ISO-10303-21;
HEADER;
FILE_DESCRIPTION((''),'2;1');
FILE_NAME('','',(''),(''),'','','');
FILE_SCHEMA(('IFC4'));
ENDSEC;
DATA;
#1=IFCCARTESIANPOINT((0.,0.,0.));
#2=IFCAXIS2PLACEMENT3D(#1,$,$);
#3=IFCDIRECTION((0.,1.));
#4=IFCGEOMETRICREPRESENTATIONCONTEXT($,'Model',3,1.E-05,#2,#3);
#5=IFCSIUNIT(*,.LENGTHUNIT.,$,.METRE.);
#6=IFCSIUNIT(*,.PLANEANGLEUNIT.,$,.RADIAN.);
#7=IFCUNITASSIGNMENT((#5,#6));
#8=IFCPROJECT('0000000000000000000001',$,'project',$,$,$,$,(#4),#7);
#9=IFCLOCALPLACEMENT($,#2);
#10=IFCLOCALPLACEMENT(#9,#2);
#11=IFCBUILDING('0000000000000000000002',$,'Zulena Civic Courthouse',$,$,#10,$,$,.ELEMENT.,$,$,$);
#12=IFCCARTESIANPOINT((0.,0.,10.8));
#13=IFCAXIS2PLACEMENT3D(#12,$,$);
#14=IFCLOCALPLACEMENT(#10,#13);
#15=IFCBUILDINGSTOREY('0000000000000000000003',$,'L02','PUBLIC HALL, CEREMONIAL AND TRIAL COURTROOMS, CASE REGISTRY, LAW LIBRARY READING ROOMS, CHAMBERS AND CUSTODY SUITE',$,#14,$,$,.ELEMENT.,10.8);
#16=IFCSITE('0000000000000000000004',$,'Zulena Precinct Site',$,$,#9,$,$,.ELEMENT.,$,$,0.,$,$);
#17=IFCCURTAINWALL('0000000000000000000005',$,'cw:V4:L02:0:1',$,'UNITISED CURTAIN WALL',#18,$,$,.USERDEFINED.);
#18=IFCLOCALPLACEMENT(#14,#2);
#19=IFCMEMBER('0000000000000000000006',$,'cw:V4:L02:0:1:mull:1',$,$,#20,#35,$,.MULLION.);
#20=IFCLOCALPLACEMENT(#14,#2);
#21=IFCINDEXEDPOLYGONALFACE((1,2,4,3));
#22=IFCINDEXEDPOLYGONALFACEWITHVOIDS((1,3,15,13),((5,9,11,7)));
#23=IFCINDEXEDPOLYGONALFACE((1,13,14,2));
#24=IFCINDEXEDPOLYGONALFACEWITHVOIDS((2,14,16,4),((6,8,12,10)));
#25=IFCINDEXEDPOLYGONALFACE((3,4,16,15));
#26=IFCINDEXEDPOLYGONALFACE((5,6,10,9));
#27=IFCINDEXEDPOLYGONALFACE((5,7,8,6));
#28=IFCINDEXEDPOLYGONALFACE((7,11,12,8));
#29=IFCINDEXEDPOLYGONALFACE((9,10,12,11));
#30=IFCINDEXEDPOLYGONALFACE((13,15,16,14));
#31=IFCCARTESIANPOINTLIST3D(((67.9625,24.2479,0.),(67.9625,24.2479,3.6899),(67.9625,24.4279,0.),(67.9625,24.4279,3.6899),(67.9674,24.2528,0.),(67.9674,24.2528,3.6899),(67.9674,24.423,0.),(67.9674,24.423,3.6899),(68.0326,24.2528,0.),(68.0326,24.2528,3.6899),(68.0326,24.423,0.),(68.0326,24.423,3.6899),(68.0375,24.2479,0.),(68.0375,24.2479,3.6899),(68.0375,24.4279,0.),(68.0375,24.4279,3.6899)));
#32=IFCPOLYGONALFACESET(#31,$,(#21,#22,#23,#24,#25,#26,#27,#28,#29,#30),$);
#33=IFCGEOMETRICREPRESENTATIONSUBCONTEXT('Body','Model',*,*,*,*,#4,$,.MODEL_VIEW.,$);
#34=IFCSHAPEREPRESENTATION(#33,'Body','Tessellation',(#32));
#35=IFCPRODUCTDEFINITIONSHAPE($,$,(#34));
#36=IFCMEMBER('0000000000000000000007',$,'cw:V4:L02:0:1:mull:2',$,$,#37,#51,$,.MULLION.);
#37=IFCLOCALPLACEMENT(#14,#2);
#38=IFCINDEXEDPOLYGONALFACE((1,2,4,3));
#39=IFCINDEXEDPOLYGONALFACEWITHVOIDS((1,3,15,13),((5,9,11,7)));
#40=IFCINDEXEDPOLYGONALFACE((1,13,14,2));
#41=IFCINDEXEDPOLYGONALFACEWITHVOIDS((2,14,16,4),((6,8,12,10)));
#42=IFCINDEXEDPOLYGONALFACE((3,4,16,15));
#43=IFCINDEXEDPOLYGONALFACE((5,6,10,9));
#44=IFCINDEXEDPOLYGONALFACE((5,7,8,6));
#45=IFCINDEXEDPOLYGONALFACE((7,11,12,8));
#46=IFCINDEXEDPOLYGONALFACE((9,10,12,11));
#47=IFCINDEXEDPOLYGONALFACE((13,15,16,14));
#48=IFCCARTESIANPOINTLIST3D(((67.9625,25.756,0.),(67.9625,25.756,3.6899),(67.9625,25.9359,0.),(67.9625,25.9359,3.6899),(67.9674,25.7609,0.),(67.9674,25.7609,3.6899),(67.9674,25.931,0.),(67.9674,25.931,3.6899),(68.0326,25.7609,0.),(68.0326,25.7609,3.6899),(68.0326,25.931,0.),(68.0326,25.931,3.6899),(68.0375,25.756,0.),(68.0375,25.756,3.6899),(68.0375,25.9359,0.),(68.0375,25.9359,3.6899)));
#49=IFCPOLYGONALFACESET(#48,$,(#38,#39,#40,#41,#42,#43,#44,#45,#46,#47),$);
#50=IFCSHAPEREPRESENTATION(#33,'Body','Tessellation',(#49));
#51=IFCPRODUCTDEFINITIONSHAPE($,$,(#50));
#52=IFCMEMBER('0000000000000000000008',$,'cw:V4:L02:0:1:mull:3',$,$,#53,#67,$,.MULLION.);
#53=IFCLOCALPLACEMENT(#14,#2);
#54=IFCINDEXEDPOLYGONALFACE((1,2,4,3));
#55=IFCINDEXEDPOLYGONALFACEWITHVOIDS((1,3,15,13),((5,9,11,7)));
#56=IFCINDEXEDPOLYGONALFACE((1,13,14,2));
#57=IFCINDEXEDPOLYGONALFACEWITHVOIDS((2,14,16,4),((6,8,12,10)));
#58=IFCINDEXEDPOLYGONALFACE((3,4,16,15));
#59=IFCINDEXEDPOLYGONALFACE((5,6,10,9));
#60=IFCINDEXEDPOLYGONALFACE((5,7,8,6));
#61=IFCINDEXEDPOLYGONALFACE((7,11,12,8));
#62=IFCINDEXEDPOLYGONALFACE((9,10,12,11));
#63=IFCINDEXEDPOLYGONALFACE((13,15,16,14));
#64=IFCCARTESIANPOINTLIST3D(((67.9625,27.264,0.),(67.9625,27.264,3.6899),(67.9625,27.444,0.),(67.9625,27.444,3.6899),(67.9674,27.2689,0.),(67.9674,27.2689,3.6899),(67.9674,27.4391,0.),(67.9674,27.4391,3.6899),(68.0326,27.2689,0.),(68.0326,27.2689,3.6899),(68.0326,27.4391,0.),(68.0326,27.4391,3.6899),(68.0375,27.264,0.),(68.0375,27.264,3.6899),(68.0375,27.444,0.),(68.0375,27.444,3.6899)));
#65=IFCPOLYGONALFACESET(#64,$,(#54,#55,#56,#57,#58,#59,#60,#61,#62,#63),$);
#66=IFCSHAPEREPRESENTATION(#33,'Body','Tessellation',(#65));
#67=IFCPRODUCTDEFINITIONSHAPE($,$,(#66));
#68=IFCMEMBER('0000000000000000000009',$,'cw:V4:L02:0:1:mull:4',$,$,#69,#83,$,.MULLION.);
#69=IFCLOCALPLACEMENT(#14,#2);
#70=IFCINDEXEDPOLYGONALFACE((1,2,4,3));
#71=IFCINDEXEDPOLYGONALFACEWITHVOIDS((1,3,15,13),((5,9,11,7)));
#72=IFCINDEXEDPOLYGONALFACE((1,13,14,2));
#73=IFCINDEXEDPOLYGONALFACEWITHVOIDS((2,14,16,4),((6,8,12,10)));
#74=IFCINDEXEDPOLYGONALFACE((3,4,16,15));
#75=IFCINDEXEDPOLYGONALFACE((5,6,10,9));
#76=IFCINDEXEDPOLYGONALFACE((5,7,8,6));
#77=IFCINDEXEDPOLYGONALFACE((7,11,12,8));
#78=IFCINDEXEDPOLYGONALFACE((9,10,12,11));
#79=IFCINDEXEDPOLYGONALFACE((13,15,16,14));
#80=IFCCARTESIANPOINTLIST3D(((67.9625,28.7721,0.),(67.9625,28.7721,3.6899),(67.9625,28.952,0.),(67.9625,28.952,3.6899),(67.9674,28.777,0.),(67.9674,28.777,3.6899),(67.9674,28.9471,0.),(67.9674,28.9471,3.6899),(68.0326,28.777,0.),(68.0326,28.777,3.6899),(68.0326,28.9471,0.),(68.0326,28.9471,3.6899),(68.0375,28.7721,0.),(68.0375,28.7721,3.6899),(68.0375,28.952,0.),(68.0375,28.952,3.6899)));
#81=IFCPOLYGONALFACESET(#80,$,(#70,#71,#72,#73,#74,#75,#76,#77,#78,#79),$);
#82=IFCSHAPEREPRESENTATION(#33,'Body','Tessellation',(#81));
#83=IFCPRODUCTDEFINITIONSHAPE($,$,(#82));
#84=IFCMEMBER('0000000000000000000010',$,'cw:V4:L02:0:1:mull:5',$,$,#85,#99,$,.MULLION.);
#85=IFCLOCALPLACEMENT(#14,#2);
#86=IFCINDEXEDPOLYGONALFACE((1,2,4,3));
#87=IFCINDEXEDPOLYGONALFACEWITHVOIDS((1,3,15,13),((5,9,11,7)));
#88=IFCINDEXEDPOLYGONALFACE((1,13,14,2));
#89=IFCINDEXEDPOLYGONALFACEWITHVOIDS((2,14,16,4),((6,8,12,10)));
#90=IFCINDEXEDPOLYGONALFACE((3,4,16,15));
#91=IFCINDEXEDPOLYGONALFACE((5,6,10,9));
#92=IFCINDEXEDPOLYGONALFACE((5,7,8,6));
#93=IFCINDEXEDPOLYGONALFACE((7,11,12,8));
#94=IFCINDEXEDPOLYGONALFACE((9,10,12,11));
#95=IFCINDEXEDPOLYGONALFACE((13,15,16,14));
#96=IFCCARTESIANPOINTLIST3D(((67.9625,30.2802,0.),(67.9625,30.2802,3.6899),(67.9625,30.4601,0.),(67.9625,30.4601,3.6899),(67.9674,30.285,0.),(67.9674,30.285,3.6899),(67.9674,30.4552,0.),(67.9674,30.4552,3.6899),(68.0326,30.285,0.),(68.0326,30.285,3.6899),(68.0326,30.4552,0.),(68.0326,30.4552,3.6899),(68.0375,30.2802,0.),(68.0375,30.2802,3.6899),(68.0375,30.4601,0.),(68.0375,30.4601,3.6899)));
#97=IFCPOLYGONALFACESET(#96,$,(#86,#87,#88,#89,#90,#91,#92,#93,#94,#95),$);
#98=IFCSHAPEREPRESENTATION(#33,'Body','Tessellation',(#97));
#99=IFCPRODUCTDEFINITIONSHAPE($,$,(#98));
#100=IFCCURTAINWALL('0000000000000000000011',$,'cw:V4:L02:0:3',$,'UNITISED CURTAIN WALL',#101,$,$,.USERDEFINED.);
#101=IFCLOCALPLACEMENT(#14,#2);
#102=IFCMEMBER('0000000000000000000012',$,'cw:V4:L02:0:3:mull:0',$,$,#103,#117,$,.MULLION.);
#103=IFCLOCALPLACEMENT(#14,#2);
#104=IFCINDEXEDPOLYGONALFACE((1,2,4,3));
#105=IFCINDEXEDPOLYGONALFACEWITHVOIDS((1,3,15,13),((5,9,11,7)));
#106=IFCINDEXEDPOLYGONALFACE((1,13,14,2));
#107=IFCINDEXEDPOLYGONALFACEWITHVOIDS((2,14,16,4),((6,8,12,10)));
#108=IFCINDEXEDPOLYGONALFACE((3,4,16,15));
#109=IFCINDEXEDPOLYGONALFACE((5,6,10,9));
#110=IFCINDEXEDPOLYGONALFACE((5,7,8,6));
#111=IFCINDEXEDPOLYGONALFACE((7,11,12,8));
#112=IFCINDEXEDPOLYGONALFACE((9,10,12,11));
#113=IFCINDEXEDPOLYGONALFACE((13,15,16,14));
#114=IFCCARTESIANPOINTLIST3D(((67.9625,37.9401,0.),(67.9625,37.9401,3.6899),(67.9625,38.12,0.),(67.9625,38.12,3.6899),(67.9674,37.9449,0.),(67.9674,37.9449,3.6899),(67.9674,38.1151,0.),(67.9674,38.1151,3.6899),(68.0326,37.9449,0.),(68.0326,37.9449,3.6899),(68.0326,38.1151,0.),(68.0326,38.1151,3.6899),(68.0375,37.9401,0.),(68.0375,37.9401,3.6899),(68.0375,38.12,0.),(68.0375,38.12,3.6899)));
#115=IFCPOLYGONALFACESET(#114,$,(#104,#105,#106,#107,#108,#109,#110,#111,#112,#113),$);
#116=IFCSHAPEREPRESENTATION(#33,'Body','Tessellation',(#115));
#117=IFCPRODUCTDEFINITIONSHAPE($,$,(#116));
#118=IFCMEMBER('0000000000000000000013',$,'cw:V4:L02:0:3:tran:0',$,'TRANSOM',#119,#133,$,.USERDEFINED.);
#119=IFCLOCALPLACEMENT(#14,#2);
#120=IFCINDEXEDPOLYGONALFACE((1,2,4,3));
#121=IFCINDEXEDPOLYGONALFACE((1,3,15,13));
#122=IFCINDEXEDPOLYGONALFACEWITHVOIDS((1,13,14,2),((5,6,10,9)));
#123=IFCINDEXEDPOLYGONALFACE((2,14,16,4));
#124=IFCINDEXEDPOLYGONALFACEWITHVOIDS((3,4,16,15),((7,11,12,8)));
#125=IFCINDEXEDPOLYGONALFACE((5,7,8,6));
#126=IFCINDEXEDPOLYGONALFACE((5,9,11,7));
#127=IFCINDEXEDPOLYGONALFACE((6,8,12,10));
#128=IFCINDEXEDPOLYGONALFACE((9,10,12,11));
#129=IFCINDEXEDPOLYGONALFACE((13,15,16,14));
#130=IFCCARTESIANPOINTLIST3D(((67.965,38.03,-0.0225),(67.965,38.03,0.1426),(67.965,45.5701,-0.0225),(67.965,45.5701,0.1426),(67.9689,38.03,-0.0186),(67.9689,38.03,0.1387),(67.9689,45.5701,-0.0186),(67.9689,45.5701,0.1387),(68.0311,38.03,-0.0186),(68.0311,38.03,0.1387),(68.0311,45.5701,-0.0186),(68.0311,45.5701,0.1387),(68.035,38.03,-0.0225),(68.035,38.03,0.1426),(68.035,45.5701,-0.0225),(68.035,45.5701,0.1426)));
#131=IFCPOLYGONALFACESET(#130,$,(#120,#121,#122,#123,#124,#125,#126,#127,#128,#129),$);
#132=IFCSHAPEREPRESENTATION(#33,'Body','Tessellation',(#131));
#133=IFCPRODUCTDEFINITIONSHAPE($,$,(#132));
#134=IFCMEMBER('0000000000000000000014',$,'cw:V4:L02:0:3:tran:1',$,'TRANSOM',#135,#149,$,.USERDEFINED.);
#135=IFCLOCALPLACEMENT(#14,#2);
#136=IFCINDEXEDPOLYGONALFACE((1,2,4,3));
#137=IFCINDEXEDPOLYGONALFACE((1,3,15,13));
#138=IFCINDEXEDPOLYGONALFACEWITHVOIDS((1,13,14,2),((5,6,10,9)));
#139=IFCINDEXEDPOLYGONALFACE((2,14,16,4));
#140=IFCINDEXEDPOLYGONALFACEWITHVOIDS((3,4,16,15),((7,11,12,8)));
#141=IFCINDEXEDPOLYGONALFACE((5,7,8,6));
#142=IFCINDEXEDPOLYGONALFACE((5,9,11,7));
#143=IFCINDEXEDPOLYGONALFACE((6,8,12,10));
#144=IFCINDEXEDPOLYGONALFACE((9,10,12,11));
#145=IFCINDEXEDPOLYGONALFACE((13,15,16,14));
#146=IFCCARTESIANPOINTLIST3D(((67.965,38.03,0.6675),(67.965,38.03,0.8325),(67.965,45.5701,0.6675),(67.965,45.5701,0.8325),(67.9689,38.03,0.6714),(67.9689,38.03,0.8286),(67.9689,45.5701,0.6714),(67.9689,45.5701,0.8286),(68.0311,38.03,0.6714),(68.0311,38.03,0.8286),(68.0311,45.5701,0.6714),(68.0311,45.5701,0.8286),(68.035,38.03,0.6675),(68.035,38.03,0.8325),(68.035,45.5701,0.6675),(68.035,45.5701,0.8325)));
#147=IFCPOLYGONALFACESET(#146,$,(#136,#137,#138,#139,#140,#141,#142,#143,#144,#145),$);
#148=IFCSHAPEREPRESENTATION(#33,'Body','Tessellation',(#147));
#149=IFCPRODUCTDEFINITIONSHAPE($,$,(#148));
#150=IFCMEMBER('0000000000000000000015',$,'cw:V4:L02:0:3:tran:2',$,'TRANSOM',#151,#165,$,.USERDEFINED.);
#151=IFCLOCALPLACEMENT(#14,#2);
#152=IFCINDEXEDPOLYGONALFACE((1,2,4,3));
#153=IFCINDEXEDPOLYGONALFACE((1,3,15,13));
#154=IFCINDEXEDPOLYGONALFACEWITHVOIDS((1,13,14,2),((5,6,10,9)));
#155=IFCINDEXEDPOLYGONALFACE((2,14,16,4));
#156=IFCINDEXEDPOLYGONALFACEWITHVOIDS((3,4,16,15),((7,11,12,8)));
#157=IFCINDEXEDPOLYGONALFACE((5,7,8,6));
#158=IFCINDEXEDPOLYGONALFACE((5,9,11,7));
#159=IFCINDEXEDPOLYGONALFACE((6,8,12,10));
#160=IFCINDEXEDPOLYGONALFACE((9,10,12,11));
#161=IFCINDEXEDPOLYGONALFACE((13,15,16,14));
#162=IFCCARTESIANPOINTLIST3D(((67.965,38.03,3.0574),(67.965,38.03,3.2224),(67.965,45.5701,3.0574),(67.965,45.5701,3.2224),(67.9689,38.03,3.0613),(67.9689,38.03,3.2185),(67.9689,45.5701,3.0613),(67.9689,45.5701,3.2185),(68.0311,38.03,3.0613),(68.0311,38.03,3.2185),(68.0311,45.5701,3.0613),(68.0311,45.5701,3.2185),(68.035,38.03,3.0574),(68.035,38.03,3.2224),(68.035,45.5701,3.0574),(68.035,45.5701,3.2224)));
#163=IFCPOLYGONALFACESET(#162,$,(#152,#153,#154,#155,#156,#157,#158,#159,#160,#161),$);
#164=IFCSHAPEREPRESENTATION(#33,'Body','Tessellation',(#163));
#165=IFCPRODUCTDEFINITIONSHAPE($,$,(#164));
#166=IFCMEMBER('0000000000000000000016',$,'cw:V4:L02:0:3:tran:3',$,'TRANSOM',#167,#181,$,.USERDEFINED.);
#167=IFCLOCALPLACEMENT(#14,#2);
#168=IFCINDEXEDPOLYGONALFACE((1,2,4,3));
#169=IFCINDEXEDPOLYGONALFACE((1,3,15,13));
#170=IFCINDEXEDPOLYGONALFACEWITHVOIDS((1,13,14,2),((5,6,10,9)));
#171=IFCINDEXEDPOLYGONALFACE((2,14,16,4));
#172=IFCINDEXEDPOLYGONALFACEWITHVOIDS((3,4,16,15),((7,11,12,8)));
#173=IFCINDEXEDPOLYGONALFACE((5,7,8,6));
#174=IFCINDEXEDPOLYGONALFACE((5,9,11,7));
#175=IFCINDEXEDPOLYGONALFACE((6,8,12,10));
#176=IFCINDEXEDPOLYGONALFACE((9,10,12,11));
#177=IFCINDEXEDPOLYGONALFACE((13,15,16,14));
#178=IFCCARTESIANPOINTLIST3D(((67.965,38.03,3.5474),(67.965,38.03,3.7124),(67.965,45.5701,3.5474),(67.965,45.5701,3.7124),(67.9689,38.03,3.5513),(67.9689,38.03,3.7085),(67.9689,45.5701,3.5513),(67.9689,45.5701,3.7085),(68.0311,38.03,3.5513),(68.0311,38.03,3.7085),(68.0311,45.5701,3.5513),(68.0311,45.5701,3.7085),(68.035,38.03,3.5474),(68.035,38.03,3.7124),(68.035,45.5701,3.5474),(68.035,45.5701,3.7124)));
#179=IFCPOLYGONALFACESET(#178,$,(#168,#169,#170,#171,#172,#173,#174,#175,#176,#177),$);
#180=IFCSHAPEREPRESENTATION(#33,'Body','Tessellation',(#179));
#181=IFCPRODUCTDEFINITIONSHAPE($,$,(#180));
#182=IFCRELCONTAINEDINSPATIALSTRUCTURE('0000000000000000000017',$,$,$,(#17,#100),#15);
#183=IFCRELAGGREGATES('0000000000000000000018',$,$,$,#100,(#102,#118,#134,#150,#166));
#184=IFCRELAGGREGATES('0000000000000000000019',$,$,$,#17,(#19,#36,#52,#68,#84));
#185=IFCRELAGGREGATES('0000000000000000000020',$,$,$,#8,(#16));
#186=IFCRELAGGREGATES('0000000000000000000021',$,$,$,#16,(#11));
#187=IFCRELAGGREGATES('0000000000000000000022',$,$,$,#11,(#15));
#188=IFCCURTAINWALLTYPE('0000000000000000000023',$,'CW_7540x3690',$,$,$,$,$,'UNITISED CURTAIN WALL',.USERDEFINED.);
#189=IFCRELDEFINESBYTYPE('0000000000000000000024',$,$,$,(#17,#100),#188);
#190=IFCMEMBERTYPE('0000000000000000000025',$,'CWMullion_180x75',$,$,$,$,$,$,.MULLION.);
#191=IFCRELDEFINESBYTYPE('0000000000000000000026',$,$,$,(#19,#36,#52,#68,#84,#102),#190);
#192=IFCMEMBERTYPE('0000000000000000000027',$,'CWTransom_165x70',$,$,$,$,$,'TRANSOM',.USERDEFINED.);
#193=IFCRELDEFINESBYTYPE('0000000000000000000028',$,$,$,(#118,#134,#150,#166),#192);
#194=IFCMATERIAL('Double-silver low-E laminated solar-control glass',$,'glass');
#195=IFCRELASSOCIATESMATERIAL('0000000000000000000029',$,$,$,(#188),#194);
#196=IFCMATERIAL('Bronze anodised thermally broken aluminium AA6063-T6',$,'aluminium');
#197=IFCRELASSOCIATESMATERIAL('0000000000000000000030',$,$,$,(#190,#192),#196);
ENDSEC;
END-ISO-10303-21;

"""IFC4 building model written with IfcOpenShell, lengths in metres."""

from ifc_helpers import new_model, si_unit, direction, frame, origin, origin_2d, place, context, subcontext, project, spatial, hollow_rectangle, extrude, material, material_profile, profile_set, type_object, element, aggregate, save


model = new_model("IFC4")

# Units and contexts
model_context = context("Model", 3, precision=1e-05, world=origin(), true_north=direction((0.0, 1.0)))
body_context = subcontext(model_context, "Body", "Model", "MODEL_VIEW")
ifc_project = project(units=[si_unit("LENGTHUNIT", "METRE"), si_unit("PLANEANGLEUNIT", "RADIAN")], contexts=[model_context])

# Site, building, storey
site_placement = place(None, origin())
site = spatial("IfcSite", under=ifc_project, at=site_placement, Name="Zulena Precinct Site", CompositionType="ELEMENT", RefElevation=0.0)
building_placement = place(site_placement, origin())
building = spatial("IfcBuilding", under=site, at=building_placement, Name="Zulena Civic Courthouse", CompositionType="ELEMENT")
storey_placement = place(building_placement, frame((0.0, 0.0, 10.8)))
storey = spatial("IfcBuildingStorey", under=building, at=storey_placement, Name="L02", Description="PUBLIC HALL, CEREMONIAL AND TRIAL COURTROOMS, CASE REGISTRY, LAW LIBRARY READING ROOMS, CHAMBERS AND CUSTODY SUITE", CompositionType="ELEMENT", Elevation=10.8)

# Curtain walls, members
ifc_material_1 = material(Name="Double-silver low-E laminated solar-control glass", Category="glass")
curtain_wall_type = type_object("IfcCurtainWallType", Name="CW_7540x3690", ElementType="UNITISED CURTAIN WALL", PredefinedType="USERDEFINED", material=ifc_material_1)
curtain_wall_1_placement = place(storey_placement, origin())
curtain_wall_1 = element("IfcCurtainWall", 1, at=curtain_wall_1_placement, inside=storey, type_object=curtain_wall_type, Name="cw:V4:L02:0:1", ObjectType="UNITISED CURTAIN WALL", PredefinedType="USERDEFINED")
ifc_material_2 = material(Name="Bronze anodised thermally broken aluminium AA6063-T6", Category="aluminium")
ifc_material_profile_1 = material_profile(ifc_material_2, hollow_rectangle(XDim=0.075, YDim=0.1799, WallThickness=0.0049, at=origin_2d()), Name="CWM180X75X5")
ifc_profile_set_1 = profile_set([ifc_material_profile_1], Name="Bronze anodised thermally broken aluminium AA6063-T6")
member_type_1 = type_object("IfcMemberType", Name="CWMullion_180x75", PredefinedType="MULLION", material=ifc_profile_set_1)
member_1_placement = place(storey_placement, frame((68.0, 24.3379, 0.0), z_axis=(0.0, 0.0, 1.0), x_axis=(1.0, 0.0, 0.0)))
member_1 = element("IfcMember", 2, at=member_1_placement, type_object=member_type_1, Name="cw:V4:L02:0:1:mull:1", PredefinedType="MULLION", context=body_context, shape_type="SweptSolid", body=[
    extrude(hollow_rectangle(XDim=0.075, YDim=0.1799, WallThickness=0.0049, at=origin_2d()), origin(), (0.0, 0.0, 1.0), 3.6899),
])
member_2_placement = place(storey_placement, frame((68.0, 25.8459, 0.0), z_axis=(0.0, 0.0, 1.0), x_axis=(1.0, 0.0, 0.0)))
member_2 = element("IfcMember", 3, at=member_2_placement, type_object=member_type_1, Name="cw:V4:L02:0:1:mull:2", PredefinedType="MULLION", context=body_context, shape_type="SweptSolid", body=[
    extrude(hollow_rectangle(XDim=0.075, YDim=0.1799, WallThickness=0.0049, at=origin_2d()), origin(), (0.0, 0.0, 1.0), 3.6899),
])
member_3_placement = place(storey_placement, frame((68.0, 27.354, 0.0), z_axis=(0.0, 0.0, 1.0), x_axis=(1.0, 0.0, 0.0)))
member_3 = element("IfcMember", 4, at=member_3_placement, type_object=member_type_1, Name="cw:V4:L02:0:1:mull:3", PredefinedType="MULLION", context=body_context, shape_type="SweptSolid", body=[
    extrude(hollow_rectangle(XDim=0.075, YDim=0.1799, WallThickness=0.0049, at=origin_2d()), origin(), (0.0, 0.0, 1.0), 3.6899),
])
member_4_placement = place(storey_placement, frame((68.0, 28.8621, 0.0), z_axis=(0.0, 0.0, 1.0), x_axis=(1.0, 0.0, 0.0)))
member_4 = element("IfcMember", 5, at=member_4_placement, type_object=member_type_1, Name="cw:V4:L02:0:1:mull:4", PredefinedType="MULLION", context=body_context, shape_type="SweptSolid", body=[
    extrude(hollow_rectangle(XDim=0.075, YDim=0.1799, WallThickness=0.0049, at=origin_2d()), origin(), (0.0, 0.0, 1.0), 3.6899),
])
member_5_placement = place(storey_placement, frame((68.0, 30.3701, 0.0), z_axis=(0.0, 0.0, 1.0), x_axis=(1.0, 0.0, 0.0)))
member_5 = element("IfcMember", 6, at=member_5_placement, type_object=member_type_1, Name="cw:V4:L02:0:1:mull:5", PredefinedType="MULLION", context=body_context, shape_type="SweptSolid", body=[
    extrude(hollow_rectangle(XDim=0.075, YDim=0.1799, WallThickness=0.0049, at=origin_2d()), origin(), (0.0, 0.0, 1.0), 3.6899),
])
curtain_wall_2_placement = place(storey_placement, origin())
curtain_wall_2 = element("IfcCurtainWall", 7, at=curtain_wall_2_placement, inside=storey, type_object=curtain_wall_type, Name="cw:V4:L02:0:3", ObjectType="UNITISED CURTAIN WALL", PredefinedType="USERDEFINED")
member_6_placement = place(storey_placement, frame((68.0, 38.03, 0.0), z_axis=(0.0, 0.0, 1.0), x_axis=(1.0, 0.0, 0.0)))
member_6 = element("IfcMember", 8, at=member_6_placement, type_object=member_type_1, Name="cw:V4:L02:0:3:mull:0", PredefinedType="MULLION", context=body_context, shape_type="SweptSolid", body=[
    extrude(hollow_rectangle(XDim=0.075, YDim=0.1799, WallThickness=0.0049, at=origin_2d()), origin(), (0.0, 0.0, 1.0), 3.6899),
])
ifc_material_profile_2 = material_profile(ifc_material_2, hollow_rectangle(XDim=0.0701, YDim=0.165, WallThickness=0.0039, at=origin_2d()), Name="CWT165X70X4")
ifc_profile_set_2 = profile_set([ifc_material_profile_2], Name="Bronze anodised thermally broken aluminium AA6063-T6")
member_type_2 = type_object("IfcMemberType", Name="CWTransom_165x70", ElementType="TRANSOM", PredefinedType="USERDEFINED", material=ifc_profile_set_2)
member_7_placement = place(storey_placement, frame((68.0, 38.03, 0.0601), z_axis=(0.0, 1.0, 0.0), x_axis=(-1.0, 0.0, 0.0)))
member_7 = element("IfcMember", 9, at=member_7_placement, type_object=member_type_2, Name="cw:V4:L02:0:3:tran:0", ObjectType="TRANSOM", PredefinedType="USERDEFINED", context=body_context, shape_type="SweptSolid", body=[
    extrude(hollow_rectangle(XDim=0.0701, YDim=0.165, WallThickness=0.0039, at=origin_2d()), origin(), (0.0, 0.0, 1.0), 7.54),
])
member_8_placement = place(storey_placement, frame((68.0, 38.03, 0.75), z_axis=(0.0, 1.0, 0.0), x_axis=(-1.0, 0.0, 0.0)))
member_8 = element("IfcMember", 10, at=member_8_placement, type_object=member_type_2, Name="cw:V4:L02:0:3:tran:1", ObjectType="TRANSOM", PredefinedType="USERDEFINED", context=body_context, shape_type="SweptSolid", body=[
    extrude(hollow_rectangle(XDim=0.0701, YDim=0.165, WallThickness=0.0039, at=origin_2d()), origin(), (0.0, 0.0, 1.0), 7.54),
])
member_9_placement = place(storey_placement, frame((68.0, 38.03, 3.1399), z_axis=(0.0, 1.0, 0.0), x_axis=(-1.0, 0.0, 0.0)))
member_9 = element("IfcMember", 11, at=member_9_placement, type_object=member_type_2, Name="cw:V4:L02:0:3:tran:2", ObjectType="TRANSOM", PredefinedType="USERDEFINED", context=body_context, shape_type="SweptSolid", body=[
    extrude(hollow_rectangle(XDim=0.0701, YDim=0.165, WallThickness=0.0039, at=origin_2d()), origin(), (0.0, 0.0, 1.0), 7.54),
])
member_10_placement = place(storey_placement, frame((68.0, 38.03, 3.6299), z_axis=(0.0, 1.0, 0.0), x_axis=(-1.0, 0.0, 0.0)))
member_10 = element("IfcMember", 12, at=member_10_placement, type_object=member_type_2, Name="cw:V4:L02:0:3:tran:3", ObjectType="TRANSOM", PredefinedType="USERDEFINED", context=body_context, shape_type="SweptSolid", body=[
    extrude(hollow_rectangle(XDim=0.0701, YDim=0.165, WallThickness=0.0039, at=origin_2d()), origin(), (0.0, 0.0, 1.0), 7.54),
])
aggregate(curtain_wall_2, [member_6, member_7, member_8, member_9, member_10])

aggregate(curtain_wall_1, [member_1, member_2, member_3, member_4, member_5])

save(model, "model.ifc")
